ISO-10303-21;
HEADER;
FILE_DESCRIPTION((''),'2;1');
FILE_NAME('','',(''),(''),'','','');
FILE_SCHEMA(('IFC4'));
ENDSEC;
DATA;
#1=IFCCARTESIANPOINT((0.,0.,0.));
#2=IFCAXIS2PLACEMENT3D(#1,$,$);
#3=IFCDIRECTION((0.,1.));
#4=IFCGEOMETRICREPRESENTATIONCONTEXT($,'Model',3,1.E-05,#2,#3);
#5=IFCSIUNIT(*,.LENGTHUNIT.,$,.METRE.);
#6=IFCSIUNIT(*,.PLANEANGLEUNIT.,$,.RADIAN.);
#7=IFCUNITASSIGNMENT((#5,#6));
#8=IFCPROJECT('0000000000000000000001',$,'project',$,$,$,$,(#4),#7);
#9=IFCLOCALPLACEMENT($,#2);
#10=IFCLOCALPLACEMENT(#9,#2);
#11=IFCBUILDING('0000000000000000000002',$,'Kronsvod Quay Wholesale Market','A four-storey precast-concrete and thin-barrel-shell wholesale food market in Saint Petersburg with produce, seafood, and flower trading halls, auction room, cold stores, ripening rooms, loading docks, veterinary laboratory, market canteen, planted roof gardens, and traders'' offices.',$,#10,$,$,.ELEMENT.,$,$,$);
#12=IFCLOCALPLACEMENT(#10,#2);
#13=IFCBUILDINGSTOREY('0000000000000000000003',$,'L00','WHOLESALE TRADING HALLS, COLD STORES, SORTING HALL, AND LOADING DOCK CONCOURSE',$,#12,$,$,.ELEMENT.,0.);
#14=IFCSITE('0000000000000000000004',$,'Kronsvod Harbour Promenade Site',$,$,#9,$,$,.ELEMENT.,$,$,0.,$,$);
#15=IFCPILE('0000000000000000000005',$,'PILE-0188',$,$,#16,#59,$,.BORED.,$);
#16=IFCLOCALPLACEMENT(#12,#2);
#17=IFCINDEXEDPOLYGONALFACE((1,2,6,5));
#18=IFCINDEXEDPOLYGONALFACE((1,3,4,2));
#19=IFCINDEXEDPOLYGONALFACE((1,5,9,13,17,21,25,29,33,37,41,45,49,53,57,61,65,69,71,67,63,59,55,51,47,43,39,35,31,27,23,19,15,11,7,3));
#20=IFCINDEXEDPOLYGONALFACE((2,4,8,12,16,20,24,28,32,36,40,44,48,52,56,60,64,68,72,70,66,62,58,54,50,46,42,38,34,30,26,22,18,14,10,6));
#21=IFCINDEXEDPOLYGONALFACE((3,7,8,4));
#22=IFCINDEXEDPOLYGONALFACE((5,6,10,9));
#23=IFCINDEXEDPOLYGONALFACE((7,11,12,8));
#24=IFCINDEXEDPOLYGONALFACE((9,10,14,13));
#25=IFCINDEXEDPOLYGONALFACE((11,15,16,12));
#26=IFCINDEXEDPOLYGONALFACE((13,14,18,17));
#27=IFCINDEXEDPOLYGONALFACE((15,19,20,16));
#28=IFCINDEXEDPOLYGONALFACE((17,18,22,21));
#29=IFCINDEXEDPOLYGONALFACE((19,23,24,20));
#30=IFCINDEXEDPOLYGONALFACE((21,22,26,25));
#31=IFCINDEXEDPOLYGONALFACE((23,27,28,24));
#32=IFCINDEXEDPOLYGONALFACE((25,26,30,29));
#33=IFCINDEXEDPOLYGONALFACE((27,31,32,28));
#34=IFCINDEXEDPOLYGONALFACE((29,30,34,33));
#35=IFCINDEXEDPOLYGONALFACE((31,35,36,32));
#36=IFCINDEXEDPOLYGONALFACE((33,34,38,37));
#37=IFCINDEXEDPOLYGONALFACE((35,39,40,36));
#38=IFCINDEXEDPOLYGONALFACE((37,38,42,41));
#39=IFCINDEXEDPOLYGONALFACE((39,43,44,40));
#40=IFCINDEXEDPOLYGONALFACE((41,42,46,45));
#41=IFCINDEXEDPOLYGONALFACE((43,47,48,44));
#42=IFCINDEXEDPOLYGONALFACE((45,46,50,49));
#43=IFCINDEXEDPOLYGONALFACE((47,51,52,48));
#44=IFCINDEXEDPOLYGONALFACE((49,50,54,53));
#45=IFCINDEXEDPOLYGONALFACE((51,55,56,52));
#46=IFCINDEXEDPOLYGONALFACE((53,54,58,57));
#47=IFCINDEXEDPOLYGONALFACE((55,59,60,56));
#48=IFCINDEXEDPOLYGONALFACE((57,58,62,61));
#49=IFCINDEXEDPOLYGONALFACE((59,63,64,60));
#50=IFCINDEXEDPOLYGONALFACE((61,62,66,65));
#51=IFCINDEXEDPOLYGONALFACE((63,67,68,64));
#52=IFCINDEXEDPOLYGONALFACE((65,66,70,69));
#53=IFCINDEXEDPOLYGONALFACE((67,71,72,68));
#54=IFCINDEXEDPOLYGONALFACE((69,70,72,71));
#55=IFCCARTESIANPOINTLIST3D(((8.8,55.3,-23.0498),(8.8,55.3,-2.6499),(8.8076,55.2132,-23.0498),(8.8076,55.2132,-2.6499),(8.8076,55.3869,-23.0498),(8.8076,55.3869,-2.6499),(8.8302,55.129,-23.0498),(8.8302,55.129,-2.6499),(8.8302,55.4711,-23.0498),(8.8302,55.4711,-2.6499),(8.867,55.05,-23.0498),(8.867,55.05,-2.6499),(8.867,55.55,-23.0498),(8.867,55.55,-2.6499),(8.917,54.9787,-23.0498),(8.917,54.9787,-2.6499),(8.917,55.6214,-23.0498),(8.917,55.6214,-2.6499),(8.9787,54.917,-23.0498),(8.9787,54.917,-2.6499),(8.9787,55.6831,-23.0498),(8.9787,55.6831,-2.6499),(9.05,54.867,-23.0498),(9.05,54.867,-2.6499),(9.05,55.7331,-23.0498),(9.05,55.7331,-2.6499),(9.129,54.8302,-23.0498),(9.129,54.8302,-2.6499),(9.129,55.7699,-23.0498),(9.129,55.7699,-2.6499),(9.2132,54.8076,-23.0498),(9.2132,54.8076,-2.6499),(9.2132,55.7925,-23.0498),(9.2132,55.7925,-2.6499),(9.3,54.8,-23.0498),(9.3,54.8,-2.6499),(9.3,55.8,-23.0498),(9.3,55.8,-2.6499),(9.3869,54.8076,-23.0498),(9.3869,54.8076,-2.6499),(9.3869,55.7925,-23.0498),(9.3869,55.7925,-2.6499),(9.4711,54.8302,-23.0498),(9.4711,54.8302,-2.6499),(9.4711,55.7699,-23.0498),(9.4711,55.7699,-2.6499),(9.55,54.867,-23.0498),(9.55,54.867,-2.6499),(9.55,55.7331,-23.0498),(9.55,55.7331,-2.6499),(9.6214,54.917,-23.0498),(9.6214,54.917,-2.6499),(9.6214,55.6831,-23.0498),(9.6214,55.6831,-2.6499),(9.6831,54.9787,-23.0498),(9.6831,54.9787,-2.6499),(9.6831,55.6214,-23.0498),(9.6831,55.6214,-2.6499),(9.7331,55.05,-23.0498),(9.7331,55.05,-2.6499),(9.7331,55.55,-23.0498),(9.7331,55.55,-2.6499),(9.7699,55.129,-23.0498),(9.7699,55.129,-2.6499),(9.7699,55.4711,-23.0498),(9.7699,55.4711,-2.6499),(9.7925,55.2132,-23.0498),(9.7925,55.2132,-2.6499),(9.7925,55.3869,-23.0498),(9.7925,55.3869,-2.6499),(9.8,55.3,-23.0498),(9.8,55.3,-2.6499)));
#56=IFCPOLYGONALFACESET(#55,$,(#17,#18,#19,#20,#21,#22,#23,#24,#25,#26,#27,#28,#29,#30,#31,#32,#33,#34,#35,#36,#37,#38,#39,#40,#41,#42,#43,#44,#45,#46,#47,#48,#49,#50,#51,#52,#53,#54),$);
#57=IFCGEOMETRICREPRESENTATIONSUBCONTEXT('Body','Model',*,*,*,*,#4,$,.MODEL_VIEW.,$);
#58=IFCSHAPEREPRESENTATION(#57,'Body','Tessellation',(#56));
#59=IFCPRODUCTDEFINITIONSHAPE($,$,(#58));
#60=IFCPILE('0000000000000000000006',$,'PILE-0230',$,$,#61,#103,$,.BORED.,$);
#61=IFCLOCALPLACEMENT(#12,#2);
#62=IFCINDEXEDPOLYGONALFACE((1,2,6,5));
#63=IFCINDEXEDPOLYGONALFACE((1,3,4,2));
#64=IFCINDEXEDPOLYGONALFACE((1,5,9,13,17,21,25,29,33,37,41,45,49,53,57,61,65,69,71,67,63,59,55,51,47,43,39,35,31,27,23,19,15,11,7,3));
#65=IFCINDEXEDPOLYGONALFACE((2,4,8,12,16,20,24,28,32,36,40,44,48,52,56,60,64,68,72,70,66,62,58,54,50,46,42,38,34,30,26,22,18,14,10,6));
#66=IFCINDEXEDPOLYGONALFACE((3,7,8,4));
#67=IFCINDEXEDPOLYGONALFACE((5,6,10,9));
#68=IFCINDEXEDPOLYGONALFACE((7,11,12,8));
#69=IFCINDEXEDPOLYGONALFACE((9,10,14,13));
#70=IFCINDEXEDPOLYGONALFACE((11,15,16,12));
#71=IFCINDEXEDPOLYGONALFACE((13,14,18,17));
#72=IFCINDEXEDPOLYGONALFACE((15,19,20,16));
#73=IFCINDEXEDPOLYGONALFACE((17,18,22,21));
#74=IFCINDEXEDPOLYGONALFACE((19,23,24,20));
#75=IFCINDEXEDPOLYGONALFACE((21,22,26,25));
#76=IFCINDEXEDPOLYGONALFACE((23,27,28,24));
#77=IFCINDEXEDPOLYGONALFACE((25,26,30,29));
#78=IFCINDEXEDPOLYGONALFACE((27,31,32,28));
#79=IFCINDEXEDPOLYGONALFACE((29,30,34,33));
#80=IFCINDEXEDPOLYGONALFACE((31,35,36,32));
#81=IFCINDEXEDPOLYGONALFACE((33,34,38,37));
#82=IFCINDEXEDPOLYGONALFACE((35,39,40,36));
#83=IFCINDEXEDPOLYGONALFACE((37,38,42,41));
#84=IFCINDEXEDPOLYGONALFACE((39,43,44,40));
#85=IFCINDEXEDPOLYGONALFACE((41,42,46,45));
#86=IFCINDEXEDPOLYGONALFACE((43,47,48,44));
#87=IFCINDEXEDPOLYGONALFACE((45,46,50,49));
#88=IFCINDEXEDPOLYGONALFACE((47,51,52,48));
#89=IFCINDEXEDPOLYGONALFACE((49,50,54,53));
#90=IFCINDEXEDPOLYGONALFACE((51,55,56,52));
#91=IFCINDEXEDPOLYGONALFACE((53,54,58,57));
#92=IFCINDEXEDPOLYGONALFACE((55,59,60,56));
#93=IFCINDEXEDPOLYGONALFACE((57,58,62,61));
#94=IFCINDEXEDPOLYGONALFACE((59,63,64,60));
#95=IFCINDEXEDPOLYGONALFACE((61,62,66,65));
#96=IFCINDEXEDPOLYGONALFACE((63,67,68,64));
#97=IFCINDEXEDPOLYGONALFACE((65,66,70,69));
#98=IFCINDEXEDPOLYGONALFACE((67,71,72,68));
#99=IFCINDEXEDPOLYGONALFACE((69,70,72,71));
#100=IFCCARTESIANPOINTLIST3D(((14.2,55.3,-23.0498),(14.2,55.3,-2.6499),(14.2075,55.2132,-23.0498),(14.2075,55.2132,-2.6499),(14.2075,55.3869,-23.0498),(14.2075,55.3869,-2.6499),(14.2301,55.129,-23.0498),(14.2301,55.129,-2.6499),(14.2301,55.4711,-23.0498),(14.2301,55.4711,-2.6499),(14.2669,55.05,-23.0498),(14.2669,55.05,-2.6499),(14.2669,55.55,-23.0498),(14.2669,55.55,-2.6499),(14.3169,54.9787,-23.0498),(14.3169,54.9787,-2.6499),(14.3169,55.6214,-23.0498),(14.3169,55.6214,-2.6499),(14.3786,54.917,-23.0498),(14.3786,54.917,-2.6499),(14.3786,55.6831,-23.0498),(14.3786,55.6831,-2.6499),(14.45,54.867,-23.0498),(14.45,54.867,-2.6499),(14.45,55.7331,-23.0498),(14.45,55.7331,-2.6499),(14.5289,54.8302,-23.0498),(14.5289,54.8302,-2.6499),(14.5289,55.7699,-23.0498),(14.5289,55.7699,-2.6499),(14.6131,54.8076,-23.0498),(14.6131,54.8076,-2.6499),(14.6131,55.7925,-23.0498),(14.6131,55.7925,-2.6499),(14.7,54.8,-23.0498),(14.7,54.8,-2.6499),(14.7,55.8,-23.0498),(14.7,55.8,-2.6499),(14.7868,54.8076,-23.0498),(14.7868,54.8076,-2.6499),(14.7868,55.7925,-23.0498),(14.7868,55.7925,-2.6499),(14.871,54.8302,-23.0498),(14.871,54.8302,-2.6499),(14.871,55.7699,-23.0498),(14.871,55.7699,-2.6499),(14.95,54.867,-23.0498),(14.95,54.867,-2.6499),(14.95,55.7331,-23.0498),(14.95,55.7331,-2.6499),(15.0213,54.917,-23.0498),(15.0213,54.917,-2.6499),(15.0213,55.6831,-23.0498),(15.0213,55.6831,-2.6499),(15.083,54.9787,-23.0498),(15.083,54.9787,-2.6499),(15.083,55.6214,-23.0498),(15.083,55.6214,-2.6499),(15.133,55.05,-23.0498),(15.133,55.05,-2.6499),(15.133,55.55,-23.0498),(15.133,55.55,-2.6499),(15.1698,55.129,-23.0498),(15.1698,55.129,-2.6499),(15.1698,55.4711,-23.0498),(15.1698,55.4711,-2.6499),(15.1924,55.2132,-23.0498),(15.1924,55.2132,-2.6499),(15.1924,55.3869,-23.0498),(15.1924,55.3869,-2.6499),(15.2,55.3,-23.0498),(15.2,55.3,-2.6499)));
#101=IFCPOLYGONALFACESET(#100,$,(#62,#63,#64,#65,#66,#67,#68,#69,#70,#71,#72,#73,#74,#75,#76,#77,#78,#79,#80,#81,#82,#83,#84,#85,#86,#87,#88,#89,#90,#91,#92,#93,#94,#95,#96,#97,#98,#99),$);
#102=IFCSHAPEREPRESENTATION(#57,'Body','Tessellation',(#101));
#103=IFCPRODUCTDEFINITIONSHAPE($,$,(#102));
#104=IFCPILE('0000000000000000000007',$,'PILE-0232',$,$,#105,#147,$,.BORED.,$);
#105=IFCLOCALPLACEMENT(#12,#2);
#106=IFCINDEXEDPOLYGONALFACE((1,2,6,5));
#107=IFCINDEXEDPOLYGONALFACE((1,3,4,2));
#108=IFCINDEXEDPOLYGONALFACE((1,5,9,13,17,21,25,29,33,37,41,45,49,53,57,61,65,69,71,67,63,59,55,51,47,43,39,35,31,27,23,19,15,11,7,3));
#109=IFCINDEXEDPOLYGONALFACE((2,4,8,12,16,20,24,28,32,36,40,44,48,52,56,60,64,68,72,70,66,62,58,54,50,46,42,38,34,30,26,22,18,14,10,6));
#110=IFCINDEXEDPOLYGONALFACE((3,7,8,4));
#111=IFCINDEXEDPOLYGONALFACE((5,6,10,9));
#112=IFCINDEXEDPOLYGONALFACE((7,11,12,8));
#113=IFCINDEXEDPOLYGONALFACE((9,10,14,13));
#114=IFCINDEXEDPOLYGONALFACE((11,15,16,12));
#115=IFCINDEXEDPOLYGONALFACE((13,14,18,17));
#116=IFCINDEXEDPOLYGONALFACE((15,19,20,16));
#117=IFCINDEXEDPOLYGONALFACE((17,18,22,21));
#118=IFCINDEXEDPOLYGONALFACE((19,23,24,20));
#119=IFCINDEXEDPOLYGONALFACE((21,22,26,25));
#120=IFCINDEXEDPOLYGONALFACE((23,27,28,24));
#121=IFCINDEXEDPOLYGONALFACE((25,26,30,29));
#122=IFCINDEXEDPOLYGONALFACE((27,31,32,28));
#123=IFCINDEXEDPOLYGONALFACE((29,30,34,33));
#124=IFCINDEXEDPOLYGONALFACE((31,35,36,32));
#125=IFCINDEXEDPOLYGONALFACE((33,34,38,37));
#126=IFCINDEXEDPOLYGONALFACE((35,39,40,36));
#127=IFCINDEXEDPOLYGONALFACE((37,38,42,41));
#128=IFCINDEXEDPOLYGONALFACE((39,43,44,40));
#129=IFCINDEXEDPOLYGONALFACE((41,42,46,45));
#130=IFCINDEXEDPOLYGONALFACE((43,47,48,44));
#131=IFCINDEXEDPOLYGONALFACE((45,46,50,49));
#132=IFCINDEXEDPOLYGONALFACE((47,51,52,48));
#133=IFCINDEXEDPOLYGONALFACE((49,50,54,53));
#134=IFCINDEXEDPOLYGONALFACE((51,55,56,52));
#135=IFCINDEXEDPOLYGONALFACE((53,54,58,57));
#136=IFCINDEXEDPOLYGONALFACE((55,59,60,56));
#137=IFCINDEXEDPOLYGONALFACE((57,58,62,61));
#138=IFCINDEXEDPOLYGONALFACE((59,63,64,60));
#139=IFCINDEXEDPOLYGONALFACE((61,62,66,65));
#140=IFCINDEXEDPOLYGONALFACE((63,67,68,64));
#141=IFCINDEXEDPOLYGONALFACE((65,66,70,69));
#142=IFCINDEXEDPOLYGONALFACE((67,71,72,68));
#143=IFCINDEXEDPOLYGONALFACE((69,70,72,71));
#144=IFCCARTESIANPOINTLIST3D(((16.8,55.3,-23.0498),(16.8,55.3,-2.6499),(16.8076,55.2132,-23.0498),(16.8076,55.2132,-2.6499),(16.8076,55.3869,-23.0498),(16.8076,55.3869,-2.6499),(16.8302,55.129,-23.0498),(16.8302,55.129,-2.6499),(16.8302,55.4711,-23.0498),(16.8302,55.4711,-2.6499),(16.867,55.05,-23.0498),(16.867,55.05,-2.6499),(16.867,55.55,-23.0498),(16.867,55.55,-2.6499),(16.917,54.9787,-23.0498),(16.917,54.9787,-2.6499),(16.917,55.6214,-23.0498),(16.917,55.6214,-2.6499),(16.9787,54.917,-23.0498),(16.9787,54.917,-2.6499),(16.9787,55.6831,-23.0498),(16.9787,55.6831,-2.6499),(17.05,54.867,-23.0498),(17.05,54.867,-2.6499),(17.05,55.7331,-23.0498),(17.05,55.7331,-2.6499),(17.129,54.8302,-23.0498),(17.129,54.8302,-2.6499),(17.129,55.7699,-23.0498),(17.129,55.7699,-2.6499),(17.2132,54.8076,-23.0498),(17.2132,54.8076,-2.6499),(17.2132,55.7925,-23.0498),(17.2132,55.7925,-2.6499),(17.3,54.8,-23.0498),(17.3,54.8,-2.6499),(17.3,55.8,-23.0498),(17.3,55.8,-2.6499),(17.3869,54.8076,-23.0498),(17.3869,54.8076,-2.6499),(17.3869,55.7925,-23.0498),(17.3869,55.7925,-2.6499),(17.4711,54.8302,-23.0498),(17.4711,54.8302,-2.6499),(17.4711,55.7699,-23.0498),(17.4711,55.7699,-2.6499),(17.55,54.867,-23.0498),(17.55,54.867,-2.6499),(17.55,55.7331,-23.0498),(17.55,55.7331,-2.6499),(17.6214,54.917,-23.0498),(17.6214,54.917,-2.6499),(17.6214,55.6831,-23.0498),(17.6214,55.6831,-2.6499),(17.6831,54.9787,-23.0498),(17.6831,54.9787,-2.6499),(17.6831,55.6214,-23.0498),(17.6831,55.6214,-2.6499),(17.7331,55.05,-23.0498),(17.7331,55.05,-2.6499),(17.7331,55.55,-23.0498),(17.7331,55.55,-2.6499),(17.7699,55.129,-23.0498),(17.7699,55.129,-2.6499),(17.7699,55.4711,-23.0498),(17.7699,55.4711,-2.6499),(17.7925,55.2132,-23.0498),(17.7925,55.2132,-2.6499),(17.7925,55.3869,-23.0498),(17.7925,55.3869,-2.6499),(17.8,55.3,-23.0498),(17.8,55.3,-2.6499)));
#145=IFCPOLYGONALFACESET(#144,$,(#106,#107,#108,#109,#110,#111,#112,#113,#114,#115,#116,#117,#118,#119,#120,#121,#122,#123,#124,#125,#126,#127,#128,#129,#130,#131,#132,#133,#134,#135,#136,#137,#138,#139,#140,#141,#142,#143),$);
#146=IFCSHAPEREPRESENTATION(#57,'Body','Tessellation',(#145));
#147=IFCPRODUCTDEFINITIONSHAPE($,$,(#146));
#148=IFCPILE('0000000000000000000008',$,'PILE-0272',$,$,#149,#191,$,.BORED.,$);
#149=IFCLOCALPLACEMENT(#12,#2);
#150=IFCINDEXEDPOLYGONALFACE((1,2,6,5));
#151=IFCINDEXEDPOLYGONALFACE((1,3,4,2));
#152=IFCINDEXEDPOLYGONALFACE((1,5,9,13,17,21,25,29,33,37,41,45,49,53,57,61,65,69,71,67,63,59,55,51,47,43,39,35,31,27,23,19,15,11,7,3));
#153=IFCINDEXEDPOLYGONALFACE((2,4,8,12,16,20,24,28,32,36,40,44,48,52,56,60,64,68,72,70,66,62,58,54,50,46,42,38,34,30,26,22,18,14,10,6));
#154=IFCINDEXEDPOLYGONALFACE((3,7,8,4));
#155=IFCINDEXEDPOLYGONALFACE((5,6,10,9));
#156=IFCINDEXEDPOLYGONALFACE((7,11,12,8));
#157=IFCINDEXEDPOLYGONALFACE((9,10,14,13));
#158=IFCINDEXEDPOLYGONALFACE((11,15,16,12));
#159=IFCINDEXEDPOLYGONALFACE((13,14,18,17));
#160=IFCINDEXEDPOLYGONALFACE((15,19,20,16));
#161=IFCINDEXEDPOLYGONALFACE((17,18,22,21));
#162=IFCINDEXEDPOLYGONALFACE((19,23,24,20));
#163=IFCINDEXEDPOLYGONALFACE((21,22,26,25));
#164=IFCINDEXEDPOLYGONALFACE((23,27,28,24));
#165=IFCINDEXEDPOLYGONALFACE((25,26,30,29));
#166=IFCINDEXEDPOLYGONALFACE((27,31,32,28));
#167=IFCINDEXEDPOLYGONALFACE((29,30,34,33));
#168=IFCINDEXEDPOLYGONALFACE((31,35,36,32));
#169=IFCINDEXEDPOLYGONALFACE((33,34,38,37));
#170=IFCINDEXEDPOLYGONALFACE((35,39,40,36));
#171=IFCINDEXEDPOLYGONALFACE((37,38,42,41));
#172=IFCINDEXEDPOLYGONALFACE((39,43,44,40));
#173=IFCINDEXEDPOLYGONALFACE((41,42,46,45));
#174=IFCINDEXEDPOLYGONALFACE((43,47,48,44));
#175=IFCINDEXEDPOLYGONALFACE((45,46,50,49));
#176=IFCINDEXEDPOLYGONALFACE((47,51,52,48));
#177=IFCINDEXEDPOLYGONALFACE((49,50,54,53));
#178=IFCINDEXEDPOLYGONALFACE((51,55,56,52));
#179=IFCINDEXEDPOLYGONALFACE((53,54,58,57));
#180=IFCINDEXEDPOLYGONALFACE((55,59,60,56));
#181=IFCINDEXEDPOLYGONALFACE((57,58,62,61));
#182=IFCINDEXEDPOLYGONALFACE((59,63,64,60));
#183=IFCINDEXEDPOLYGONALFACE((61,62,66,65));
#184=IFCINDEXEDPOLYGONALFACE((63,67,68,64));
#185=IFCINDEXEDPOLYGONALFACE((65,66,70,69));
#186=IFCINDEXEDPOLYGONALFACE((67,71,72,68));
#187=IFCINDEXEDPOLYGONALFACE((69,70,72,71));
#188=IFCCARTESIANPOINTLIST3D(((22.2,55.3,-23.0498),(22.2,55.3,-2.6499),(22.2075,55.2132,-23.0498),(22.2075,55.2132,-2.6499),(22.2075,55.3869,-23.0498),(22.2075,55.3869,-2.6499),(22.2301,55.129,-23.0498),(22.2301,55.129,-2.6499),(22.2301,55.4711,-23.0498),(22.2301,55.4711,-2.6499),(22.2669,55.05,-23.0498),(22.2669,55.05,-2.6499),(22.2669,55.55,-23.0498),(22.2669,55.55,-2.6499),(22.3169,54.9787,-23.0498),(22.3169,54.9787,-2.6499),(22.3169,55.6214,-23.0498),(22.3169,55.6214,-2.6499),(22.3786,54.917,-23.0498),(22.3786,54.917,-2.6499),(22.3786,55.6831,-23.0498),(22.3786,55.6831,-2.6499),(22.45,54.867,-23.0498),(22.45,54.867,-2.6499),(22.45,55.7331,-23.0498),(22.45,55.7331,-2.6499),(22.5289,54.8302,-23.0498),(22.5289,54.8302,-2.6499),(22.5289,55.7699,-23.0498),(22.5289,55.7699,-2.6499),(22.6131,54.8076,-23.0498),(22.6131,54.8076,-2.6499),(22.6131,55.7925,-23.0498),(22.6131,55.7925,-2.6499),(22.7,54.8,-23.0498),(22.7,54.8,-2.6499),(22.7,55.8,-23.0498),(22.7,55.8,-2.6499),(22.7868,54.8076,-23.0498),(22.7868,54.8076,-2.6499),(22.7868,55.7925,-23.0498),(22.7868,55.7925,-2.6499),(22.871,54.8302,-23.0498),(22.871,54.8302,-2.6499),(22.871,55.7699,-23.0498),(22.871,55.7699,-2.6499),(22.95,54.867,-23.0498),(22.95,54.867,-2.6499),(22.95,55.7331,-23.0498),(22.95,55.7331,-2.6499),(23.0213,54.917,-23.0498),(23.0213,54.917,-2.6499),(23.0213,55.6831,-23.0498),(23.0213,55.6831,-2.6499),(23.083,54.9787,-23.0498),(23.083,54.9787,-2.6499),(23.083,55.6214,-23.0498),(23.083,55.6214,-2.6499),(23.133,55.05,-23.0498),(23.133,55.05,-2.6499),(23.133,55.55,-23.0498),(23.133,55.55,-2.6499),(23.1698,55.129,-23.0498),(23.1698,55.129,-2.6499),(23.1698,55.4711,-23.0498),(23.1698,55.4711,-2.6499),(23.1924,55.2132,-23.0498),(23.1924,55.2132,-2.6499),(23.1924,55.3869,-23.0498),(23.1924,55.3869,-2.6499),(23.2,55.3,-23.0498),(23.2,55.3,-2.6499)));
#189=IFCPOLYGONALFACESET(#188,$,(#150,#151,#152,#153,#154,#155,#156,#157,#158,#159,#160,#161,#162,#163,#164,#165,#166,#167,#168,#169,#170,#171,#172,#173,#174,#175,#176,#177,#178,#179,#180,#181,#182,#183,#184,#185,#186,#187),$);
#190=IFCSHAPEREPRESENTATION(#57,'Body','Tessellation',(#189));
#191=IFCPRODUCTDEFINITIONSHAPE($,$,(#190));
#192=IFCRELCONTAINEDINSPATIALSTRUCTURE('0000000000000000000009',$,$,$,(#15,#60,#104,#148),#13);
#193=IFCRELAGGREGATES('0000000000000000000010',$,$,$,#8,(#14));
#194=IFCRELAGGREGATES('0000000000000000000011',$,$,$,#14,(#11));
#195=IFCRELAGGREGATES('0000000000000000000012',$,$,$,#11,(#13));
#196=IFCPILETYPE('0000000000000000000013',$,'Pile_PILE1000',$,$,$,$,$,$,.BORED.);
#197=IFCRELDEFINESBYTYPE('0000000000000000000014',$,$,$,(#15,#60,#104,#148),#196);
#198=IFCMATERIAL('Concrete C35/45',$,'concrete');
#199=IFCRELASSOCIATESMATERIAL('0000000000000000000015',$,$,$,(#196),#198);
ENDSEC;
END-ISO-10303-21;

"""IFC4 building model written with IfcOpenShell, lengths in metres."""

from ifc_helpers import new_model, si_unit, direction, frame, origin, origin_2d, place, context, subcontext, project, spatial, circle, extrude, material, material_profile, profile_set, type_object, element, save


model = new_model("IFC4")

# Units and contexts
model_context = context("Model", 3, precision=1e-05, world=origin(), true_north=direction((0.0, 1.0)))
body_context = subcontext(model_context, "Body", "Model", "MODEL_VIEW")
ifc_project = project(units=[si_unit("LENGTHUNIT", "METRE"), si_unit("PLANEANGLEUNIT", "RADIAN")], contexts=[model_context])

# Site, building, storey
site_placement = place(None, origin())
site = spatial("IfcSite", under=ifc_project, at=site_placement, Name="Kronsvod Harbour Promenade Site", CompositionType="ELEMENT", RefElevation=0.0)
building_placement = place(site_placement, origin())
building = spatial("IfcBuilding", under=site, at=building_placement, Name="Kronsvod Quay Wholesale Market", Description="A four-storey precast-concrete and thin-barrel-shell wholesale food market in Saint Petersburg with produce, seafood, and flower trading halls, auction room, cold stores, ripening rooms, loading docks, veterinary laboratory, market canteen, planted roof gardens, and traders' offices.", CompositionType="ELEMENT")
storey_placement = place(building_placement, origin())
storey = spatial("IfcBuildingStorey", under=building, at=storey_placement, Name="L00", Description="WHOLESALE TRADING HALLS, COLD STORES, SORTING HALL, AND LOADING DOCK CONCOURSE", CompositionType="ELEMENT", Elevation=0.0)

# Piles
ifc_material_1 = material(Name="Concrete C35/45", Category="concrete")
ifc_material_profile_1 = material_profile(ifc_material_1, circle(Radius=0.5, at=origin_2d()), Name="PILE1000")
ifc_profile_set_1 = profile_set([ifc_material_profile_1], Name="Concrete C35/45")
pile_type_1 = type_object("IfcPileType", Name="Pile_PILE1000", PredefinedType="BORED", material=ifc_profile_set_1)
for number, where, z_axis, x_axis, name in (
    (1, (9.3, 55.3, -2.6499), (0.0, 0.0, -1.0), (1.0, 0.0, 0.0), "PILE-0188"),
    (2, (14.7, 55.3, -2.6499), (0.0, 0.0, -1.0), (1.0, 0.0, 0.0), "PILE-0230"),
    (3, (17.3, 55.3, -2.6499), (0.0, 0.0, -1.0), (1.0, 0.0, 0.0), "PILE-0232"),
    (4, (22.7, 55.3, -2.6499), (0.0, 0.0, -1.0), (1.0, 0.0, 0.0), "PILE-0272"),
):
    element("IfcPile", number, at=place(storey_placement, frame(where, z_axis=z_axis, x_axis=x_axis)), inside=storey, type_object=pile_type_1, Name=name, PredefinedType="BORED", context=body_context, shape_type="SweptSolid", body=[
        extrude(circle(Radius=0.5, at=origin_2d()), origin(), (0.0, 0.0, 1.0), 20.3999),
    ])

save(model, "model.ifc")
